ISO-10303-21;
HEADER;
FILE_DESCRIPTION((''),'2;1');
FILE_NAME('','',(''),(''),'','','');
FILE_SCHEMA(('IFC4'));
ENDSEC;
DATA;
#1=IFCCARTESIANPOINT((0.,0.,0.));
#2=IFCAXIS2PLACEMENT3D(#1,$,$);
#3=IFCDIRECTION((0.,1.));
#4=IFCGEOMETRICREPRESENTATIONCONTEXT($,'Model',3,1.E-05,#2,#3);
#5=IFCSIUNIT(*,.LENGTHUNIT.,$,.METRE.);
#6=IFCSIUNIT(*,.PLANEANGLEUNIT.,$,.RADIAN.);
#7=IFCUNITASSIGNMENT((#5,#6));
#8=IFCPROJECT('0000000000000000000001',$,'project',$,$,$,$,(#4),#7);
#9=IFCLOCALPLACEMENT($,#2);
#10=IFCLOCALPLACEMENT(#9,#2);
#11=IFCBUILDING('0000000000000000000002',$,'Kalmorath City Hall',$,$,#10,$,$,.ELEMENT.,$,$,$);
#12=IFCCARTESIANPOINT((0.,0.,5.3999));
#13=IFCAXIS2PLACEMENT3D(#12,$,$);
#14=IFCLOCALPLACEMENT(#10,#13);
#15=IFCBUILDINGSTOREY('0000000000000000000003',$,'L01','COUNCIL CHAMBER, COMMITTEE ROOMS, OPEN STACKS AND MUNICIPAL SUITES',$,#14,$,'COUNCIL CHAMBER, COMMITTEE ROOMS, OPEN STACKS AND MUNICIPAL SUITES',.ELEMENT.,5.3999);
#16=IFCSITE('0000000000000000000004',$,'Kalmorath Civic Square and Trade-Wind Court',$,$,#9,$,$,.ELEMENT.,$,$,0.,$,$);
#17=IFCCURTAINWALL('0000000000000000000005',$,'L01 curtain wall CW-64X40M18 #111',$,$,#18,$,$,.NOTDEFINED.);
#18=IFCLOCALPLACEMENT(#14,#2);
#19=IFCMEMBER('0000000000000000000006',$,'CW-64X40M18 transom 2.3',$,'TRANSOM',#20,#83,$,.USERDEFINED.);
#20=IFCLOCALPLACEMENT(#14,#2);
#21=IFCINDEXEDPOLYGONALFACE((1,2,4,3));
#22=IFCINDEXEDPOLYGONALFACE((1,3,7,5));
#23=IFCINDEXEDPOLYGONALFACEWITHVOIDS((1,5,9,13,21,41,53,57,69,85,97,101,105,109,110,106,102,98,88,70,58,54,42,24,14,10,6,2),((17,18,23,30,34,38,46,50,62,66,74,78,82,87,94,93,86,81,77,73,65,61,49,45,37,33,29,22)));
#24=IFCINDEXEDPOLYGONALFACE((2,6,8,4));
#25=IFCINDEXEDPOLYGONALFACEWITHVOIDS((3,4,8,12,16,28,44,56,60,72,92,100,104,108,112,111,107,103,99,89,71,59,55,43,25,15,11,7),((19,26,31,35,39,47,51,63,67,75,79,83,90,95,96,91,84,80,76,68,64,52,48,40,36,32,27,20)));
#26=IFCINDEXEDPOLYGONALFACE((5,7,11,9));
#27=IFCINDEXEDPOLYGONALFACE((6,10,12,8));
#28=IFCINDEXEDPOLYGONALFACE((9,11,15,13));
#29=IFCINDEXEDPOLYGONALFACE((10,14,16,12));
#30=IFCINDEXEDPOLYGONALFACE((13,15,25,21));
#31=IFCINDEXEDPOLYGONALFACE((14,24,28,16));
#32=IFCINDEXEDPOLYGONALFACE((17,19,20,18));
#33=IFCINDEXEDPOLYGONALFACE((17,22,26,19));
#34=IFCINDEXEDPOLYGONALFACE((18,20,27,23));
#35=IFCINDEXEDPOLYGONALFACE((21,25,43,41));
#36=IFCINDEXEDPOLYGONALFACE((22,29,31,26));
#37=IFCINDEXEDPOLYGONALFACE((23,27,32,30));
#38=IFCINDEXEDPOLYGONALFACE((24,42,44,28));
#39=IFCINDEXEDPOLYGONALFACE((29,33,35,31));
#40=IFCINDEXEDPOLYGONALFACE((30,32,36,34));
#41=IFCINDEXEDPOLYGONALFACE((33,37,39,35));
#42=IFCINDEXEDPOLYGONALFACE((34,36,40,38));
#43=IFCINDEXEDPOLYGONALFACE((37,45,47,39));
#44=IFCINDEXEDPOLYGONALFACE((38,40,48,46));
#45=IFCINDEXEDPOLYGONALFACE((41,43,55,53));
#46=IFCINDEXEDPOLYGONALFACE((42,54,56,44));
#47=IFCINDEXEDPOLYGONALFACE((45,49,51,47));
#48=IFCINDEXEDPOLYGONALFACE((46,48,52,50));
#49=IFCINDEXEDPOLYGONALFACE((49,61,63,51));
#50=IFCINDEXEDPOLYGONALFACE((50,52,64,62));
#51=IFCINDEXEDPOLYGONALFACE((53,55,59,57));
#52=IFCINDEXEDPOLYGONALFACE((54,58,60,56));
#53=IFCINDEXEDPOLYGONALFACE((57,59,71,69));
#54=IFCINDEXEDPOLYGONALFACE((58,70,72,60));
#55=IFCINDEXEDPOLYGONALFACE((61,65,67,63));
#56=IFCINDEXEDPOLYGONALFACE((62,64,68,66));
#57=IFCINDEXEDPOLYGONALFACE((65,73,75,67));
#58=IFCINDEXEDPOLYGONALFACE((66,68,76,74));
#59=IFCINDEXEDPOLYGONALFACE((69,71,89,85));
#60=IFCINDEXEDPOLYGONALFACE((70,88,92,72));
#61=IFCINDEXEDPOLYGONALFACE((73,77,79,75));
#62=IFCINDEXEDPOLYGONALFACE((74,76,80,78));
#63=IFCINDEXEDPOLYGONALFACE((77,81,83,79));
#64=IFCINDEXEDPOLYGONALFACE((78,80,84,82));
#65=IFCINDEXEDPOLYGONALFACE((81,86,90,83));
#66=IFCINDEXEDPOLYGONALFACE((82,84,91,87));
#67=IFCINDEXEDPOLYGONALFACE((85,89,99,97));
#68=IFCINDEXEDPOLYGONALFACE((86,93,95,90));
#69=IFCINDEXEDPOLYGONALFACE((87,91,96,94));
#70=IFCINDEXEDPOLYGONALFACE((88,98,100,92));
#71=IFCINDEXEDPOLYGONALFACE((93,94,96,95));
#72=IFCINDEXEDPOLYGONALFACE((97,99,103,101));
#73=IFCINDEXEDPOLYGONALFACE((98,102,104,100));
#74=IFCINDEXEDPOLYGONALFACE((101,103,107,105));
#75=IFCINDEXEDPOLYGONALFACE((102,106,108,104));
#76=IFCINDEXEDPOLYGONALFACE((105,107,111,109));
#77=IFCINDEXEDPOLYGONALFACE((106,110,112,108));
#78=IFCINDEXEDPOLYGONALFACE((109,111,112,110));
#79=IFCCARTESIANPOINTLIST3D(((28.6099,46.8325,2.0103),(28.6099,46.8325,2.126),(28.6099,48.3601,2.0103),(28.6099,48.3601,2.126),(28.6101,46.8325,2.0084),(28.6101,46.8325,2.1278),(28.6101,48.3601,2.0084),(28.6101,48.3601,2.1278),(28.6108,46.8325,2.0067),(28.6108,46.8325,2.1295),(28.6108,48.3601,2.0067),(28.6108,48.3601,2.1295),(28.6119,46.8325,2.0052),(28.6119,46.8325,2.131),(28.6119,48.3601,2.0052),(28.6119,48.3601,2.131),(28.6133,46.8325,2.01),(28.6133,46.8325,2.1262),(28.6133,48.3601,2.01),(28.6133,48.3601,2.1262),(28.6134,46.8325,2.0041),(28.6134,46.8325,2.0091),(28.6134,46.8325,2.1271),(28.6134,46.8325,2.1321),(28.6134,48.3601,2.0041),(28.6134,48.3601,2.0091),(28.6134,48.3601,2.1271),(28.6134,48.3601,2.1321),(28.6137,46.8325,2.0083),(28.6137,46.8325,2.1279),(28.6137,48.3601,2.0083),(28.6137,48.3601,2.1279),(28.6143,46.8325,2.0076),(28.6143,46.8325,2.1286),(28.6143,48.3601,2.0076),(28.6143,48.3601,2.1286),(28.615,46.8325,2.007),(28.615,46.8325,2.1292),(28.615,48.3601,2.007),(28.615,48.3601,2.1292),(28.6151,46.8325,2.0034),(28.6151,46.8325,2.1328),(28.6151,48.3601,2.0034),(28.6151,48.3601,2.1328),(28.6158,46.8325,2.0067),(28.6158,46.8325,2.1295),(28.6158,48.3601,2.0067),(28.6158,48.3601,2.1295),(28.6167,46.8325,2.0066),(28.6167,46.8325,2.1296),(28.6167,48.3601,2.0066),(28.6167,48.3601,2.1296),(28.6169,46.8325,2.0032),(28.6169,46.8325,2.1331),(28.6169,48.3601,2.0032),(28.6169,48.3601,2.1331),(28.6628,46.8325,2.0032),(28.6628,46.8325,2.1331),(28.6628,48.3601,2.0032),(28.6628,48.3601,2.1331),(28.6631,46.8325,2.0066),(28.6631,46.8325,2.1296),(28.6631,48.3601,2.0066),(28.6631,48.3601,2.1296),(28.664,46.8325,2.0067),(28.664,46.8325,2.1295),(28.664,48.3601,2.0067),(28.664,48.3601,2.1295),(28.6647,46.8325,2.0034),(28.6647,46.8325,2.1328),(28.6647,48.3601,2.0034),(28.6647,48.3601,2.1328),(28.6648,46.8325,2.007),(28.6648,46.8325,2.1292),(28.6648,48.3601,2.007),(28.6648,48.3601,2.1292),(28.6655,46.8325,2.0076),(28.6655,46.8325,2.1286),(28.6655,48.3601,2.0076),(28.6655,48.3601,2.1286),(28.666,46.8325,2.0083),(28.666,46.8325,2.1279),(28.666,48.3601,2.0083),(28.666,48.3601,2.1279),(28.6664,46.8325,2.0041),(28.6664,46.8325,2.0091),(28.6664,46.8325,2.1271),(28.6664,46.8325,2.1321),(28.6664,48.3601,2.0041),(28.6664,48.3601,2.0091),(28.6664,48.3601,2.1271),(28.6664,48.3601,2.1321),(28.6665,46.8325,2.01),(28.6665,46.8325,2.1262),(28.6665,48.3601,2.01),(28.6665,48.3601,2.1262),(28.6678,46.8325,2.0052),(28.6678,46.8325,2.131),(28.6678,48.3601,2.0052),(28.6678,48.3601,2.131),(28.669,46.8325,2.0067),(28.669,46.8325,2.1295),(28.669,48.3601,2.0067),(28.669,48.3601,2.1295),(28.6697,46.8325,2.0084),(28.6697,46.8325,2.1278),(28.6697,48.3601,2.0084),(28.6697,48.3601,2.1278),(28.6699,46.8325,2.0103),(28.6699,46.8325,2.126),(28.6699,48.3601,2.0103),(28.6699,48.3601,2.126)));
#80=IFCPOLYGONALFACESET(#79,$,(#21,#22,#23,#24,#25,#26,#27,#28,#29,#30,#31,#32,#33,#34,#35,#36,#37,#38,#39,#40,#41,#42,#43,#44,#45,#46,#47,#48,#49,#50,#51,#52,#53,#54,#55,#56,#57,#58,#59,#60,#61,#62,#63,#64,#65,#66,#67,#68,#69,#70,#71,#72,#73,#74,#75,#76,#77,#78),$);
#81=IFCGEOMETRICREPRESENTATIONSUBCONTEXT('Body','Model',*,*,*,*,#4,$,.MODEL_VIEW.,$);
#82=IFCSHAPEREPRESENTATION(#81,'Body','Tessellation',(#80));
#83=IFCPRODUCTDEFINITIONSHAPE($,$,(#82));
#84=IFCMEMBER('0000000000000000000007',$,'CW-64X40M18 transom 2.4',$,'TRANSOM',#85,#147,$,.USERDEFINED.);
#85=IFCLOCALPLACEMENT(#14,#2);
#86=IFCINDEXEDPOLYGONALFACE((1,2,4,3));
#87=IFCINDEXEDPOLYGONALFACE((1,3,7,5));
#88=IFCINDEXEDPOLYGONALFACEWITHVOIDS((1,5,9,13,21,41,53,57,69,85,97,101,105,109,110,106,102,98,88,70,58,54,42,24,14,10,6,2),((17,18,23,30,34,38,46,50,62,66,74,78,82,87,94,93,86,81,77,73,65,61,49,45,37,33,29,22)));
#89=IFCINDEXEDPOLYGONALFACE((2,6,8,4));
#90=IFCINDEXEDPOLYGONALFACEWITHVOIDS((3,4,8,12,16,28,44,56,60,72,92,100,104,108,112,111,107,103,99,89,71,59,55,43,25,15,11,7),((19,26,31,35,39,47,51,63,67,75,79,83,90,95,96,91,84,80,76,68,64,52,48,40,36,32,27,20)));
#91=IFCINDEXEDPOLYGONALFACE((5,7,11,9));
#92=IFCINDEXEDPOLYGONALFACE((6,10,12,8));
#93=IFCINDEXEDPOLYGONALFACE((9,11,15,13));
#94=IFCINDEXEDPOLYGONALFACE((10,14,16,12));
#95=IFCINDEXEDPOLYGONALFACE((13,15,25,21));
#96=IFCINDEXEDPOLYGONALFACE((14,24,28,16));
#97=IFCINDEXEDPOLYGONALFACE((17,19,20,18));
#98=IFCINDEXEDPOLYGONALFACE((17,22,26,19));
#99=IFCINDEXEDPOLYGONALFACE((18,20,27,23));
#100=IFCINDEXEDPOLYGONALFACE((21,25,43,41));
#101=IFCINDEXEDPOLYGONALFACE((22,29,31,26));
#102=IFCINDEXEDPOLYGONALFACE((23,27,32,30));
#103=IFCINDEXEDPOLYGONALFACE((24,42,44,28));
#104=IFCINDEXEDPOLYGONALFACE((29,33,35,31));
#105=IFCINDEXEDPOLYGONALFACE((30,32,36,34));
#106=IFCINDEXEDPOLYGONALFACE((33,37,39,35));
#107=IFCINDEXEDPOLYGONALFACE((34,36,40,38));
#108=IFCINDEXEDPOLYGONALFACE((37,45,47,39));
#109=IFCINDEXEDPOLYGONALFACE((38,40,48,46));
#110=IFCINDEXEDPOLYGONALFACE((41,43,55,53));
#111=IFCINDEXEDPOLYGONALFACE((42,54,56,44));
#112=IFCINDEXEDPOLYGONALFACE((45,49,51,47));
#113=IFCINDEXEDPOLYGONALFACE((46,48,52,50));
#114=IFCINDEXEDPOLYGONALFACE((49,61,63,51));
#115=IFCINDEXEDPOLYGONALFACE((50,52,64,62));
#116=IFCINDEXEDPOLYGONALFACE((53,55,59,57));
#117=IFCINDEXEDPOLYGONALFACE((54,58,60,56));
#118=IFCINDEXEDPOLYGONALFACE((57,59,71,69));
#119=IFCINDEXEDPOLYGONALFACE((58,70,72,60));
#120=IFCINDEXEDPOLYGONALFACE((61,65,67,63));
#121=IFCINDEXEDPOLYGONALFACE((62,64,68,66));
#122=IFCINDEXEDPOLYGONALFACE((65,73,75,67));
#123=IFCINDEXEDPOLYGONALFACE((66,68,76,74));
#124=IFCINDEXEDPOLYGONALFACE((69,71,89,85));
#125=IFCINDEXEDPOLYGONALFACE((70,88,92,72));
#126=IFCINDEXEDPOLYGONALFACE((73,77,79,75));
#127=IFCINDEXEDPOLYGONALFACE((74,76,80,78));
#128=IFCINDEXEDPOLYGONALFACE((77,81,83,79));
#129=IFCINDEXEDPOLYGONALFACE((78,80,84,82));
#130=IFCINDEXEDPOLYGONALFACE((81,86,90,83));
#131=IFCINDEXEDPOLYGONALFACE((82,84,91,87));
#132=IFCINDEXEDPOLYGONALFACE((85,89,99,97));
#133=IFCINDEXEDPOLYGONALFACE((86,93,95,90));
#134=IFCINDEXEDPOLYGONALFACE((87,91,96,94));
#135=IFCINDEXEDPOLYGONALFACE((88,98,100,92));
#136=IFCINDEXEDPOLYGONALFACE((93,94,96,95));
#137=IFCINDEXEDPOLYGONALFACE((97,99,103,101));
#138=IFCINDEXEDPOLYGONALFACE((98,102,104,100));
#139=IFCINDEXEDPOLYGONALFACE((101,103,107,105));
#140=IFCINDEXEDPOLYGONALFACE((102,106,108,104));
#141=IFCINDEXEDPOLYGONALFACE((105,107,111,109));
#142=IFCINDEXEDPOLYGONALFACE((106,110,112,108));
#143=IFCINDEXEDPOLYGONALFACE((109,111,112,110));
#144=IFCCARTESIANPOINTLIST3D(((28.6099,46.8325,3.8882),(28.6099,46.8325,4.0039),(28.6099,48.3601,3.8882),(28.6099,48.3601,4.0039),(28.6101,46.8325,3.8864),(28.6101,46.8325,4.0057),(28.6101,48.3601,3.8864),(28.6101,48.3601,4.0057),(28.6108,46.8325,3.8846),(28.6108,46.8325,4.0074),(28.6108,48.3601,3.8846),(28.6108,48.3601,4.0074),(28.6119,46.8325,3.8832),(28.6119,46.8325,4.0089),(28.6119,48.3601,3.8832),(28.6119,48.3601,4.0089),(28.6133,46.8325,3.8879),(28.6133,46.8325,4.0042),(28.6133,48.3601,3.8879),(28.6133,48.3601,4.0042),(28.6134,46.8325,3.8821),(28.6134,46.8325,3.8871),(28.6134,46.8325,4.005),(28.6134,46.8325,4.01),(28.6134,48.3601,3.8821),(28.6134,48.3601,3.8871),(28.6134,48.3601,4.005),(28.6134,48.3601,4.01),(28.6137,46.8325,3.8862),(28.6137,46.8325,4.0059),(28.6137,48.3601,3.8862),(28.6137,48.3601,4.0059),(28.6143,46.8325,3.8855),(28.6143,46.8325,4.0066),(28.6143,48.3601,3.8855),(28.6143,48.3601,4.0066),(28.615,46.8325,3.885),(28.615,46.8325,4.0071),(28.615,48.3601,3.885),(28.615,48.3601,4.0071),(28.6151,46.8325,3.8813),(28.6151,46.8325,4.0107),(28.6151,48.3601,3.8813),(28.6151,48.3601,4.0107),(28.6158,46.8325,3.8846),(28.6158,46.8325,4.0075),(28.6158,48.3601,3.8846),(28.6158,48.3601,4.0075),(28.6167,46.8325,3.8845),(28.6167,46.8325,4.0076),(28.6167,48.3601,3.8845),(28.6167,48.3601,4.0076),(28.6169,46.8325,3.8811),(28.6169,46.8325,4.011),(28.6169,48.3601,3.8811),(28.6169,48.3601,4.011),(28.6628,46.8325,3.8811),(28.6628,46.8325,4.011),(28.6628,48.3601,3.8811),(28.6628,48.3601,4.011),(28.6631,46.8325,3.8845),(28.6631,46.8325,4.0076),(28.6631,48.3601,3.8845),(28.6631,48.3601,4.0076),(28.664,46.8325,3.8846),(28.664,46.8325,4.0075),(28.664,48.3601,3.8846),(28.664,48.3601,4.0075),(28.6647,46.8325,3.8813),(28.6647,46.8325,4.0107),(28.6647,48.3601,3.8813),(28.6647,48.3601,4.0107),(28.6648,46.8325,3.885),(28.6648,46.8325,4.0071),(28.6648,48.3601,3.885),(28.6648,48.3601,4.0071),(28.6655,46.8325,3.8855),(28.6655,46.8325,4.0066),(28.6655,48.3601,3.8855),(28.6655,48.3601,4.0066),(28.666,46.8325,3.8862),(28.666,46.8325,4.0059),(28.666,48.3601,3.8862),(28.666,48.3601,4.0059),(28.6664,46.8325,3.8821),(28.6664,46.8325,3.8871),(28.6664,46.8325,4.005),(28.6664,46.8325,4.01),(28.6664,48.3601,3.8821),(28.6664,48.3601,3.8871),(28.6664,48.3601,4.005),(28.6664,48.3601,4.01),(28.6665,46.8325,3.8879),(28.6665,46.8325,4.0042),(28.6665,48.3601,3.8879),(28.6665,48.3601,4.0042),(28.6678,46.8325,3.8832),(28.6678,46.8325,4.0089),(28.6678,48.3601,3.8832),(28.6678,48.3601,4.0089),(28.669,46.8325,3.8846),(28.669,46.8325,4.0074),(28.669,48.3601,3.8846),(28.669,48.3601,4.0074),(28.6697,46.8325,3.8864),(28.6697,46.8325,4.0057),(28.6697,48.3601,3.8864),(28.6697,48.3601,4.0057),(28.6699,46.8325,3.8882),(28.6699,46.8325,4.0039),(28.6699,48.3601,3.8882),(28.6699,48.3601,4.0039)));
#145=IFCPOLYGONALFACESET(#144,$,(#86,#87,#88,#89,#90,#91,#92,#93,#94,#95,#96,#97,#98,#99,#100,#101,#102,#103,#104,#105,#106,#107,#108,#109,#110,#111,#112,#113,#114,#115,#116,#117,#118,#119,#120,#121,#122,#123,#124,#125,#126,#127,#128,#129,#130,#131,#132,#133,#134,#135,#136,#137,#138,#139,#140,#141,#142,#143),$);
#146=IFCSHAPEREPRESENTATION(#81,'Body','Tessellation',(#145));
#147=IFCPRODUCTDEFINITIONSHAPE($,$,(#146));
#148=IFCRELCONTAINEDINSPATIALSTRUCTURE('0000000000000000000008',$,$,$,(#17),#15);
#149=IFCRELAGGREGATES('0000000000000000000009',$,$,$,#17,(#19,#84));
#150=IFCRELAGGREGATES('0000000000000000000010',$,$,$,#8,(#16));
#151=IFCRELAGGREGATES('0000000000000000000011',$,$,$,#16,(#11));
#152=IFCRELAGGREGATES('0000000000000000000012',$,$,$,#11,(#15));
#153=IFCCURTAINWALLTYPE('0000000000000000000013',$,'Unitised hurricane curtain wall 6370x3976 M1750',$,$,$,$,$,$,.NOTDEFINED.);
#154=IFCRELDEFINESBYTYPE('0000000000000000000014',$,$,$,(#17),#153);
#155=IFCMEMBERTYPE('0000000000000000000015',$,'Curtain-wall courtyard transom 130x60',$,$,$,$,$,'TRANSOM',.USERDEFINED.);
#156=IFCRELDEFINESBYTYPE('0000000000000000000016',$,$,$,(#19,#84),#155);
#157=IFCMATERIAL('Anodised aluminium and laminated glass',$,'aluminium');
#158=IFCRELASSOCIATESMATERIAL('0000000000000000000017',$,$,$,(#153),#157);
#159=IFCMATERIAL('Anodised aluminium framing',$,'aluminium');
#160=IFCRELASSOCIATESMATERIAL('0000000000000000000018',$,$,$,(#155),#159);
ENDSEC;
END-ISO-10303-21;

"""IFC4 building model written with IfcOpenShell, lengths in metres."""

from ifc_helpers import new_model, si_unit, direction, frame, origin, origin_2d, place, context, subcontext, project, spatial, hollow_rectangle, extrude, material, material_profile, profile_set, type_object, element, aggregate, save


model = new_model("IFC4")

# Units and contexts
model_context = context("Model", 3, precision=1e-05, world=origin(), true_north=direction((0.0, 1.0)))
body_context = subcontext(model_context, "Body", "Model", "MODEL_VIEW")
ifc_project = project(units=[si_unit("LENGTHUNIT", "METRE"), si_unit("PLANEANGLEUNIT", "RADIAN")], contexts=[model_context])

# Site, building, storey
site_placement = place(None, origin())
site = spatial("IfcSite", under=ifc_project, at=site_placement, Name="Kalmorath Civic Square and Trade-Wind Court", CompositionType="ELEMENT", RefElevation=0.0)
building_placement = place(site_placement, origin())
building = spatial("IfcBuilding", under=site, at=building_placement, Name="Kalmorath City Hall", CompositionType="ELEMENT")
storey_placement = place(building_placement, frame((0.0, 0.0, 5.3999)))
storey = spatial("IfcBuildingStorey", under=building, at=storey_placement, Name="L01", Description="COUNCIL CHAMBER, COMMITTEE ROOMS, OPEN STACKS AND MUNICIPAL SUITES", LongName="COUNCIL CHAMBER, COMMITTEE ROOMS, OPEN STACKS AND MUNICIPAL SUITES", CompositionType="ELEMENT", Elevation=5.3999)

# Curtain wall, members
ifc_material_1 = material(Name="Anodised aluminium and laminated glass", Category="aluminium")
curtain_wall_type = type_object("IfcCurtainWallType", Name="Unitised hurricane curtain wall 6370x3976 M1750", PredefinedType="NOTDEFINED", material=ifc_material_1)
curtain_wall_placement = place(storey_placement, origin())
curtain_wall = element("IfcCurtainWall", 1, at=curtain_wall_placement, inside=storey, type_object=curtain_wall_type, Name="L01 curtain wall CW-64X40M18 #111", PredefinedType="NOTDEFINED")
ifc_material_2 = material(Name="Anodised aluminium framing", Category="aluminium")
ifc_material_profile_1 = material_profile(ifc_material_2, hollow_rectangle(XDim=0.0601, YDim=0.1299, WallThickness=0.0034, InnerFilletRadius=0.0034, OuterFilletRadius=0.0071, at=origin_2d()), Name="ALU-TRN-130X60X3.5")
ifc_profile_set_1 = profile_set([ifc_material_profile_1], Name="Anodised aluminium framing")
member_type_1 = type_object("IfcMemberType", Name="Curtain-wall courtyard transom 130x60", ElementType="TRANSOM", PredefinedType="USERDEFINED", material=ifc_profile_set_1)
member_1_placement = place(storey_placement, frame((28.6399, 48.3601, 2.0681), z_axis=(0.0, -1.0, 0.0), x_axis=(1.0, 0.0, 0.0)))
member_1 = element("IfcMember", 2, at=member_1_placement, type_object=member_type_1, Name="CW-64X40M18 transom 2.3", ObjectType="TRANSOM", PredefinedType="USERDEFINED", context=body_context, shape_type="SweptSolid", body=[
    extrude(hollow_rectangle(XDim=0.0601, YDim=0.1299, WallThickness=0.0034, InnerFilletRadius=0.0034, OuterFilletRadius=0.0071, at=origin_2d()), origin(), (0.0, 0.0, 1.0), 1.5276),
])
member_2_placement = place(storey_placement, frame((28.6399, 48.3601, 3.946), z_axis=(0.0, -1.0, 0.0), x_axis=(1.0, 0.0, 0.0)))
member_2 = element("IfcMember", 3, at=member_2_placement, type_object=member_type_1, Name="CW-64X40M18 transom 2.4", ObjectType="TRANSOM", PredefinedType="USERDEFINED", context=body_context, shape_type="SweptSolid", body=[
    extrude(hollow_rectangle(XDim=0.0601, YDim=0.1299, WallThickness=0.0034, InnerFilletRadius=0.0034, OuterFilletRadius=0.0071, at=origin_2d()), origin(), (0.0, 0.0, 1.0), 1.5276),
])
aggregate(curtain_wall, [member_1, member_2])

save(model, "model.ifc")
